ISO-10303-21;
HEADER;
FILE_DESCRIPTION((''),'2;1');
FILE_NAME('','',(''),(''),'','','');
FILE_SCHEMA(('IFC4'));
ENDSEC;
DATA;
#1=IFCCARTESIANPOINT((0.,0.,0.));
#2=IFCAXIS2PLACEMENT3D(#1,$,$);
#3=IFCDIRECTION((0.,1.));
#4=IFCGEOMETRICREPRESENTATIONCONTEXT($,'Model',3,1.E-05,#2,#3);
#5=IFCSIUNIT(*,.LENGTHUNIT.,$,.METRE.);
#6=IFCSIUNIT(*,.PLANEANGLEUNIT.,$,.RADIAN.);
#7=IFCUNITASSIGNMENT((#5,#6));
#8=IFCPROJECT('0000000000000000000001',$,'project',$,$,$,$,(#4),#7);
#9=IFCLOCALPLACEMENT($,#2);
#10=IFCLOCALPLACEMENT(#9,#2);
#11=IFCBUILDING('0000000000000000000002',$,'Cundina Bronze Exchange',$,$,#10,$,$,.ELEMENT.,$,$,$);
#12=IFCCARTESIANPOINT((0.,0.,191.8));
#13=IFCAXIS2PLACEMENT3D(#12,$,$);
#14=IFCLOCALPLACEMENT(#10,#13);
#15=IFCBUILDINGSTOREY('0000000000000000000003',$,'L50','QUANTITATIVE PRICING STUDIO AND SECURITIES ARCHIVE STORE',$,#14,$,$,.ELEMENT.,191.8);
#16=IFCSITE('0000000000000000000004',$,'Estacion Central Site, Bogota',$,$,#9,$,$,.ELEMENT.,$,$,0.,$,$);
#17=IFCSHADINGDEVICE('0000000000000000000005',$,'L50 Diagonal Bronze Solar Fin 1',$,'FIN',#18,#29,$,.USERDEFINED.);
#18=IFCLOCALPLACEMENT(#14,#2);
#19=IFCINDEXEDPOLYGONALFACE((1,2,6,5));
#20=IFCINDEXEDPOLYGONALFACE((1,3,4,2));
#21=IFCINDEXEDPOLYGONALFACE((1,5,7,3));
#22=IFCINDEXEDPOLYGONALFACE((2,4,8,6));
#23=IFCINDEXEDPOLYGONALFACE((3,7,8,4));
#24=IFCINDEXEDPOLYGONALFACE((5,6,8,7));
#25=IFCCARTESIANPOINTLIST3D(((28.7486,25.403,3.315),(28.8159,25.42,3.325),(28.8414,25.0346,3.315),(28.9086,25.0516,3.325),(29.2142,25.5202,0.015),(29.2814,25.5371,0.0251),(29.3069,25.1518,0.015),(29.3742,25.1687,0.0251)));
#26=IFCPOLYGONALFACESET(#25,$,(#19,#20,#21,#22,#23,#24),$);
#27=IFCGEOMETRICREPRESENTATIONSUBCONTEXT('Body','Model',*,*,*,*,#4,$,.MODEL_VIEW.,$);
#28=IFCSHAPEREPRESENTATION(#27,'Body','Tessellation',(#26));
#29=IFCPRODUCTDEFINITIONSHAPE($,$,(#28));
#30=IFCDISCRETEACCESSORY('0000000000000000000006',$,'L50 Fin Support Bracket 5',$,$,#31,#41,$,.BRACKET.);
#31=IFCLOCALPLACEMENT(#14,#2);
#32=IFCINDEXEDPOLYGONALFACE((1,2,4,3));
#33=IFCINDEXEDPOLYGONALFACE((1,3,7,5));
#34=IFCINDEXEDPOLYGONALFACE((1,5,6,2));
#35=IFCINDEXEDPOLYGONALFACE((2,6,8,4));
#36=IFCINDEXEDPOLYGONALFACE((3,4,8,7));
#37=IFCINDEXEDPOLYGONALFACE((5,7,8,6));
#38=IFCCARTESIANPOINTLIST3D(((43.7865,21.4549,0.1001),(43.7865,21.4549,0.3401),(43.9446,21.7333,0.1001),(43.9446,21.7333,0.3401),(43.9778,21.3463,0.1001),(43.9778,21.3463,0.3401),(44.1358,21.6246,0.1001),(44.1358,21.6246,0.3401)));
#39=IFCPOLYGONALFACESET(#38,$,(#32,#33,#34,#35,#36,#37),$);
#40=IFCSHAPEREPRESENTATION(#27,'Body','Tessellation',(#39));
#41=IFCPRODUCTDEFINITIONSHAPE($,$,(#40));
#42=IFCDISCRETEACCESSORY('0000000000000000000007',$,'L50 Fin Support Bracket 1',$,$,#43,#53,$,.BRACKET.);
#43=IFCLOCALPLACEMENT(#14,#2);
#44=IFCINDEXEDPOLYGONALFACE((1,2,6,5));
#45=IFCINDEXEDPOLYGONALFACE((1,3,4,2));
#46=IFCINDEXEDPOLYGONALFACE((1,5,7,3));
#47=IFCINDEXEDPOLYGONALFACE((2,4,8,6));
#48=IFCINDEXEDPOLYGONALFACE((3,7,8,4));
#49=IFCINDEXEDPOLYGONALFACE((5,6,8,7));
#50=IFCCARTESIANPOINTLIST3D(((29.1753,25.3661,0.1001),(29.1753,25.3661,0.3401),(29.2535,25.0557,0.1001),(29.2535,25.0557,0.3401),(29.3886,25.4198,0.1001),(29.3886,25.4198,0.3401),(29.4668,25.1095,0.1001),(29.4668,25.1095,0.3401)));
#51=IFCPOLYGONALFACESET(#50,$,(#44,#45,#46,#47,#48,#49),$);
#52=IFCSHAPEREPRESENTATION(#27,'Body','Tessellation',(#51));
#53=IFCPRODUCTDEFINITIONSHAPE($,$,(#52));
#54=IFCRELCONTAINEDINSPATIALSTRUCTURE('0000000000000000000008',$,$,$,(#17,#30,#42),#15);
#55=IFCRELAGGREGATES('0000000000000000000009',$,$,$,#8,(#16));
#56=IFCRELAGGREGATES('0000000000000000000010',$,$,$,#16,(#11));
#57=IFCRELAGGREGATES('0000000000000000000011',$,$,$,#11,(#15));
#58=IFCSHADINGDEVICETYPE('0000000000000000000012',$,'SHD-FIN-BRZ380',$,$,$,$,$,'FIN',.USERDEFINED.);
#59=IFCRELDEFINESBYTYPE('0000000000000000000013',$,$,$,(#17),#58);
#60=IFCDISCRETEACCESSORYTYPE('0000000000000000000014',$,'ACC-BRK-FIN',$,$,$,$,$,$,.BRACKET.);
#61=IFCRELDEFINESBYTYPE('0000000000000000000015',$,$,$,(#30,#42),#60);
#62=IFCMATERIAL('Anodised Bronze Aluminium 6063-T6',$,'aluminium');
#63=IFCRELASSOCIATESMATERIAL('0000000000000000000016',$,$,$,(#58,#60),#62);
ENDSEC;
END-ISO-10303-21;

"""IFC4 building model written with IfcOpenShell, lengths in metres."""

from ifc_helpers import new_model, si_unit, direction, frame, origin, origin_2d, place, context, subcontext, project, spatial, rectangle, extrude, material, material_profile, profile_set, type_object, element, save


model = new_model("IFC4")

# Units and contexts
model_context = context("Model", 3, precision=1e-05, world=origin(), true_north=direction((0.0, 1.0)))
body_context = subcontext(model_context, "Body", "Model", "MODEL_VIEW")
ifc_project = project(units=[si_unit("LENGTHUNIT", "METRE"), si_unit("PLANEANGLEUNIT", "RADIAN")], contexts=[model_context])

# Site, building, storey
site_placement = place(None, origin())
site = spatial("IfcSite", under=ifc_project, at=site_placement, Name="Estacion Central Site, Bogota", CompositionType="ELEMENT", RefElevation=0.0)
building_placement = place(site_placement, origin())
building = spatial("IfcBuilding", under=site, at=building_placement, Name="Cundina Bronze Exchange", CompositionType="ELEMENT")
storey_placement = place(building_placement, frame((0.0, 0.0, 191.8)))
storey = spatial("IfcBuildingStorey", under=building, at=storey_placement, Name="L50", Description="QUANTITATIVE PRICING STUDIO AND SECURITIES ARCHIVE STORE", CompositionType="ELEMENT", Elevation=191.8)

# Shared definitions
ifc_material_1 = material(Name="Anodised Bronze Aluminium 6063-T6", Category="aluminium")

# Shading device
ifc_material_profile_1 = material_profile(ifc_material_1, rectangle(XDim=0.0701, YDim=0.3799, at=origin_2d()), Name="FIN70X380", Category="aluminium")
ifc_profile_set_1 = profile_set([ifc_material_profile_1], Name="Anodised Bronze Aluminium 6063-T6")
shading_device_type = type_object("IfcShadingDeviceType", Name="SHD-FIN-BRZ380", ElementType="FIN", PredefinedType="USERDEFINED", material=ifc_profile_set_1)
for number, where, z_axis, x_axis, name in (
    (1, (29.2942, 25.3445, 0.02), (-0.139612, -0.035141, 0.989583), (0.95965, 0.241548, 0.143967), "L50 Diagonal Bronze Solar Fin 1"),
):
    element("IfcShadingDevice", number, at=place(storey_placement, frame(where, z_axis=z_axis, x_axis=x_axis)), inside=storey, type_object=shading_device_type, Name=name, ObjectType="FIN", PredefinedType="USERDEFINED", context=body_context, shape_type="SweptSolid", body=[
        extrude(rectangle(XDim=0.0701, YDim=0.3799, at=origin_2d()), origin(), (0.0, 0.0, 1.0), 3.3347),
    ])

# Discrete accessories
discrete_accessory_type = type_object("IfcDiscreteAccessoryType", Name="ACC-BRK-FIN", PredefinedType="BRACKET", material=ifc_material_1)
for number, where, z_axis, x_axis, name in (
    (2, (43.9612, 21.5398, 0.1001), (0.0, 0.0, 1.0), (-0.869573, 0.493805, 0.0), "L50 Fin Support Bracket 5"),
    (3, (29.321, 25.2378, 0.1001), (0.0, 0.0, 1.0), (-0.969732, -0.244174, 0.0), "L50 Fin Support Bracket 1"),
):
    element("IfcDiscreteAccessory", number, at=place(storey_placement, frame(where, z_axis=z_axis, x_axis=x_axis)), inside=storey, type_object=discrete_accessory_type, Name=name, PredefinedType="BRACKET", context=body_context, shape_type="SweptSolid", body=[
        extrude(rectangle(XDim=0.22, YDim=0.3201, at=origin_2d()), origin(), (0.0, 0.0, 1.0), 0.24),
    ])

save(model, "model.ifc")
